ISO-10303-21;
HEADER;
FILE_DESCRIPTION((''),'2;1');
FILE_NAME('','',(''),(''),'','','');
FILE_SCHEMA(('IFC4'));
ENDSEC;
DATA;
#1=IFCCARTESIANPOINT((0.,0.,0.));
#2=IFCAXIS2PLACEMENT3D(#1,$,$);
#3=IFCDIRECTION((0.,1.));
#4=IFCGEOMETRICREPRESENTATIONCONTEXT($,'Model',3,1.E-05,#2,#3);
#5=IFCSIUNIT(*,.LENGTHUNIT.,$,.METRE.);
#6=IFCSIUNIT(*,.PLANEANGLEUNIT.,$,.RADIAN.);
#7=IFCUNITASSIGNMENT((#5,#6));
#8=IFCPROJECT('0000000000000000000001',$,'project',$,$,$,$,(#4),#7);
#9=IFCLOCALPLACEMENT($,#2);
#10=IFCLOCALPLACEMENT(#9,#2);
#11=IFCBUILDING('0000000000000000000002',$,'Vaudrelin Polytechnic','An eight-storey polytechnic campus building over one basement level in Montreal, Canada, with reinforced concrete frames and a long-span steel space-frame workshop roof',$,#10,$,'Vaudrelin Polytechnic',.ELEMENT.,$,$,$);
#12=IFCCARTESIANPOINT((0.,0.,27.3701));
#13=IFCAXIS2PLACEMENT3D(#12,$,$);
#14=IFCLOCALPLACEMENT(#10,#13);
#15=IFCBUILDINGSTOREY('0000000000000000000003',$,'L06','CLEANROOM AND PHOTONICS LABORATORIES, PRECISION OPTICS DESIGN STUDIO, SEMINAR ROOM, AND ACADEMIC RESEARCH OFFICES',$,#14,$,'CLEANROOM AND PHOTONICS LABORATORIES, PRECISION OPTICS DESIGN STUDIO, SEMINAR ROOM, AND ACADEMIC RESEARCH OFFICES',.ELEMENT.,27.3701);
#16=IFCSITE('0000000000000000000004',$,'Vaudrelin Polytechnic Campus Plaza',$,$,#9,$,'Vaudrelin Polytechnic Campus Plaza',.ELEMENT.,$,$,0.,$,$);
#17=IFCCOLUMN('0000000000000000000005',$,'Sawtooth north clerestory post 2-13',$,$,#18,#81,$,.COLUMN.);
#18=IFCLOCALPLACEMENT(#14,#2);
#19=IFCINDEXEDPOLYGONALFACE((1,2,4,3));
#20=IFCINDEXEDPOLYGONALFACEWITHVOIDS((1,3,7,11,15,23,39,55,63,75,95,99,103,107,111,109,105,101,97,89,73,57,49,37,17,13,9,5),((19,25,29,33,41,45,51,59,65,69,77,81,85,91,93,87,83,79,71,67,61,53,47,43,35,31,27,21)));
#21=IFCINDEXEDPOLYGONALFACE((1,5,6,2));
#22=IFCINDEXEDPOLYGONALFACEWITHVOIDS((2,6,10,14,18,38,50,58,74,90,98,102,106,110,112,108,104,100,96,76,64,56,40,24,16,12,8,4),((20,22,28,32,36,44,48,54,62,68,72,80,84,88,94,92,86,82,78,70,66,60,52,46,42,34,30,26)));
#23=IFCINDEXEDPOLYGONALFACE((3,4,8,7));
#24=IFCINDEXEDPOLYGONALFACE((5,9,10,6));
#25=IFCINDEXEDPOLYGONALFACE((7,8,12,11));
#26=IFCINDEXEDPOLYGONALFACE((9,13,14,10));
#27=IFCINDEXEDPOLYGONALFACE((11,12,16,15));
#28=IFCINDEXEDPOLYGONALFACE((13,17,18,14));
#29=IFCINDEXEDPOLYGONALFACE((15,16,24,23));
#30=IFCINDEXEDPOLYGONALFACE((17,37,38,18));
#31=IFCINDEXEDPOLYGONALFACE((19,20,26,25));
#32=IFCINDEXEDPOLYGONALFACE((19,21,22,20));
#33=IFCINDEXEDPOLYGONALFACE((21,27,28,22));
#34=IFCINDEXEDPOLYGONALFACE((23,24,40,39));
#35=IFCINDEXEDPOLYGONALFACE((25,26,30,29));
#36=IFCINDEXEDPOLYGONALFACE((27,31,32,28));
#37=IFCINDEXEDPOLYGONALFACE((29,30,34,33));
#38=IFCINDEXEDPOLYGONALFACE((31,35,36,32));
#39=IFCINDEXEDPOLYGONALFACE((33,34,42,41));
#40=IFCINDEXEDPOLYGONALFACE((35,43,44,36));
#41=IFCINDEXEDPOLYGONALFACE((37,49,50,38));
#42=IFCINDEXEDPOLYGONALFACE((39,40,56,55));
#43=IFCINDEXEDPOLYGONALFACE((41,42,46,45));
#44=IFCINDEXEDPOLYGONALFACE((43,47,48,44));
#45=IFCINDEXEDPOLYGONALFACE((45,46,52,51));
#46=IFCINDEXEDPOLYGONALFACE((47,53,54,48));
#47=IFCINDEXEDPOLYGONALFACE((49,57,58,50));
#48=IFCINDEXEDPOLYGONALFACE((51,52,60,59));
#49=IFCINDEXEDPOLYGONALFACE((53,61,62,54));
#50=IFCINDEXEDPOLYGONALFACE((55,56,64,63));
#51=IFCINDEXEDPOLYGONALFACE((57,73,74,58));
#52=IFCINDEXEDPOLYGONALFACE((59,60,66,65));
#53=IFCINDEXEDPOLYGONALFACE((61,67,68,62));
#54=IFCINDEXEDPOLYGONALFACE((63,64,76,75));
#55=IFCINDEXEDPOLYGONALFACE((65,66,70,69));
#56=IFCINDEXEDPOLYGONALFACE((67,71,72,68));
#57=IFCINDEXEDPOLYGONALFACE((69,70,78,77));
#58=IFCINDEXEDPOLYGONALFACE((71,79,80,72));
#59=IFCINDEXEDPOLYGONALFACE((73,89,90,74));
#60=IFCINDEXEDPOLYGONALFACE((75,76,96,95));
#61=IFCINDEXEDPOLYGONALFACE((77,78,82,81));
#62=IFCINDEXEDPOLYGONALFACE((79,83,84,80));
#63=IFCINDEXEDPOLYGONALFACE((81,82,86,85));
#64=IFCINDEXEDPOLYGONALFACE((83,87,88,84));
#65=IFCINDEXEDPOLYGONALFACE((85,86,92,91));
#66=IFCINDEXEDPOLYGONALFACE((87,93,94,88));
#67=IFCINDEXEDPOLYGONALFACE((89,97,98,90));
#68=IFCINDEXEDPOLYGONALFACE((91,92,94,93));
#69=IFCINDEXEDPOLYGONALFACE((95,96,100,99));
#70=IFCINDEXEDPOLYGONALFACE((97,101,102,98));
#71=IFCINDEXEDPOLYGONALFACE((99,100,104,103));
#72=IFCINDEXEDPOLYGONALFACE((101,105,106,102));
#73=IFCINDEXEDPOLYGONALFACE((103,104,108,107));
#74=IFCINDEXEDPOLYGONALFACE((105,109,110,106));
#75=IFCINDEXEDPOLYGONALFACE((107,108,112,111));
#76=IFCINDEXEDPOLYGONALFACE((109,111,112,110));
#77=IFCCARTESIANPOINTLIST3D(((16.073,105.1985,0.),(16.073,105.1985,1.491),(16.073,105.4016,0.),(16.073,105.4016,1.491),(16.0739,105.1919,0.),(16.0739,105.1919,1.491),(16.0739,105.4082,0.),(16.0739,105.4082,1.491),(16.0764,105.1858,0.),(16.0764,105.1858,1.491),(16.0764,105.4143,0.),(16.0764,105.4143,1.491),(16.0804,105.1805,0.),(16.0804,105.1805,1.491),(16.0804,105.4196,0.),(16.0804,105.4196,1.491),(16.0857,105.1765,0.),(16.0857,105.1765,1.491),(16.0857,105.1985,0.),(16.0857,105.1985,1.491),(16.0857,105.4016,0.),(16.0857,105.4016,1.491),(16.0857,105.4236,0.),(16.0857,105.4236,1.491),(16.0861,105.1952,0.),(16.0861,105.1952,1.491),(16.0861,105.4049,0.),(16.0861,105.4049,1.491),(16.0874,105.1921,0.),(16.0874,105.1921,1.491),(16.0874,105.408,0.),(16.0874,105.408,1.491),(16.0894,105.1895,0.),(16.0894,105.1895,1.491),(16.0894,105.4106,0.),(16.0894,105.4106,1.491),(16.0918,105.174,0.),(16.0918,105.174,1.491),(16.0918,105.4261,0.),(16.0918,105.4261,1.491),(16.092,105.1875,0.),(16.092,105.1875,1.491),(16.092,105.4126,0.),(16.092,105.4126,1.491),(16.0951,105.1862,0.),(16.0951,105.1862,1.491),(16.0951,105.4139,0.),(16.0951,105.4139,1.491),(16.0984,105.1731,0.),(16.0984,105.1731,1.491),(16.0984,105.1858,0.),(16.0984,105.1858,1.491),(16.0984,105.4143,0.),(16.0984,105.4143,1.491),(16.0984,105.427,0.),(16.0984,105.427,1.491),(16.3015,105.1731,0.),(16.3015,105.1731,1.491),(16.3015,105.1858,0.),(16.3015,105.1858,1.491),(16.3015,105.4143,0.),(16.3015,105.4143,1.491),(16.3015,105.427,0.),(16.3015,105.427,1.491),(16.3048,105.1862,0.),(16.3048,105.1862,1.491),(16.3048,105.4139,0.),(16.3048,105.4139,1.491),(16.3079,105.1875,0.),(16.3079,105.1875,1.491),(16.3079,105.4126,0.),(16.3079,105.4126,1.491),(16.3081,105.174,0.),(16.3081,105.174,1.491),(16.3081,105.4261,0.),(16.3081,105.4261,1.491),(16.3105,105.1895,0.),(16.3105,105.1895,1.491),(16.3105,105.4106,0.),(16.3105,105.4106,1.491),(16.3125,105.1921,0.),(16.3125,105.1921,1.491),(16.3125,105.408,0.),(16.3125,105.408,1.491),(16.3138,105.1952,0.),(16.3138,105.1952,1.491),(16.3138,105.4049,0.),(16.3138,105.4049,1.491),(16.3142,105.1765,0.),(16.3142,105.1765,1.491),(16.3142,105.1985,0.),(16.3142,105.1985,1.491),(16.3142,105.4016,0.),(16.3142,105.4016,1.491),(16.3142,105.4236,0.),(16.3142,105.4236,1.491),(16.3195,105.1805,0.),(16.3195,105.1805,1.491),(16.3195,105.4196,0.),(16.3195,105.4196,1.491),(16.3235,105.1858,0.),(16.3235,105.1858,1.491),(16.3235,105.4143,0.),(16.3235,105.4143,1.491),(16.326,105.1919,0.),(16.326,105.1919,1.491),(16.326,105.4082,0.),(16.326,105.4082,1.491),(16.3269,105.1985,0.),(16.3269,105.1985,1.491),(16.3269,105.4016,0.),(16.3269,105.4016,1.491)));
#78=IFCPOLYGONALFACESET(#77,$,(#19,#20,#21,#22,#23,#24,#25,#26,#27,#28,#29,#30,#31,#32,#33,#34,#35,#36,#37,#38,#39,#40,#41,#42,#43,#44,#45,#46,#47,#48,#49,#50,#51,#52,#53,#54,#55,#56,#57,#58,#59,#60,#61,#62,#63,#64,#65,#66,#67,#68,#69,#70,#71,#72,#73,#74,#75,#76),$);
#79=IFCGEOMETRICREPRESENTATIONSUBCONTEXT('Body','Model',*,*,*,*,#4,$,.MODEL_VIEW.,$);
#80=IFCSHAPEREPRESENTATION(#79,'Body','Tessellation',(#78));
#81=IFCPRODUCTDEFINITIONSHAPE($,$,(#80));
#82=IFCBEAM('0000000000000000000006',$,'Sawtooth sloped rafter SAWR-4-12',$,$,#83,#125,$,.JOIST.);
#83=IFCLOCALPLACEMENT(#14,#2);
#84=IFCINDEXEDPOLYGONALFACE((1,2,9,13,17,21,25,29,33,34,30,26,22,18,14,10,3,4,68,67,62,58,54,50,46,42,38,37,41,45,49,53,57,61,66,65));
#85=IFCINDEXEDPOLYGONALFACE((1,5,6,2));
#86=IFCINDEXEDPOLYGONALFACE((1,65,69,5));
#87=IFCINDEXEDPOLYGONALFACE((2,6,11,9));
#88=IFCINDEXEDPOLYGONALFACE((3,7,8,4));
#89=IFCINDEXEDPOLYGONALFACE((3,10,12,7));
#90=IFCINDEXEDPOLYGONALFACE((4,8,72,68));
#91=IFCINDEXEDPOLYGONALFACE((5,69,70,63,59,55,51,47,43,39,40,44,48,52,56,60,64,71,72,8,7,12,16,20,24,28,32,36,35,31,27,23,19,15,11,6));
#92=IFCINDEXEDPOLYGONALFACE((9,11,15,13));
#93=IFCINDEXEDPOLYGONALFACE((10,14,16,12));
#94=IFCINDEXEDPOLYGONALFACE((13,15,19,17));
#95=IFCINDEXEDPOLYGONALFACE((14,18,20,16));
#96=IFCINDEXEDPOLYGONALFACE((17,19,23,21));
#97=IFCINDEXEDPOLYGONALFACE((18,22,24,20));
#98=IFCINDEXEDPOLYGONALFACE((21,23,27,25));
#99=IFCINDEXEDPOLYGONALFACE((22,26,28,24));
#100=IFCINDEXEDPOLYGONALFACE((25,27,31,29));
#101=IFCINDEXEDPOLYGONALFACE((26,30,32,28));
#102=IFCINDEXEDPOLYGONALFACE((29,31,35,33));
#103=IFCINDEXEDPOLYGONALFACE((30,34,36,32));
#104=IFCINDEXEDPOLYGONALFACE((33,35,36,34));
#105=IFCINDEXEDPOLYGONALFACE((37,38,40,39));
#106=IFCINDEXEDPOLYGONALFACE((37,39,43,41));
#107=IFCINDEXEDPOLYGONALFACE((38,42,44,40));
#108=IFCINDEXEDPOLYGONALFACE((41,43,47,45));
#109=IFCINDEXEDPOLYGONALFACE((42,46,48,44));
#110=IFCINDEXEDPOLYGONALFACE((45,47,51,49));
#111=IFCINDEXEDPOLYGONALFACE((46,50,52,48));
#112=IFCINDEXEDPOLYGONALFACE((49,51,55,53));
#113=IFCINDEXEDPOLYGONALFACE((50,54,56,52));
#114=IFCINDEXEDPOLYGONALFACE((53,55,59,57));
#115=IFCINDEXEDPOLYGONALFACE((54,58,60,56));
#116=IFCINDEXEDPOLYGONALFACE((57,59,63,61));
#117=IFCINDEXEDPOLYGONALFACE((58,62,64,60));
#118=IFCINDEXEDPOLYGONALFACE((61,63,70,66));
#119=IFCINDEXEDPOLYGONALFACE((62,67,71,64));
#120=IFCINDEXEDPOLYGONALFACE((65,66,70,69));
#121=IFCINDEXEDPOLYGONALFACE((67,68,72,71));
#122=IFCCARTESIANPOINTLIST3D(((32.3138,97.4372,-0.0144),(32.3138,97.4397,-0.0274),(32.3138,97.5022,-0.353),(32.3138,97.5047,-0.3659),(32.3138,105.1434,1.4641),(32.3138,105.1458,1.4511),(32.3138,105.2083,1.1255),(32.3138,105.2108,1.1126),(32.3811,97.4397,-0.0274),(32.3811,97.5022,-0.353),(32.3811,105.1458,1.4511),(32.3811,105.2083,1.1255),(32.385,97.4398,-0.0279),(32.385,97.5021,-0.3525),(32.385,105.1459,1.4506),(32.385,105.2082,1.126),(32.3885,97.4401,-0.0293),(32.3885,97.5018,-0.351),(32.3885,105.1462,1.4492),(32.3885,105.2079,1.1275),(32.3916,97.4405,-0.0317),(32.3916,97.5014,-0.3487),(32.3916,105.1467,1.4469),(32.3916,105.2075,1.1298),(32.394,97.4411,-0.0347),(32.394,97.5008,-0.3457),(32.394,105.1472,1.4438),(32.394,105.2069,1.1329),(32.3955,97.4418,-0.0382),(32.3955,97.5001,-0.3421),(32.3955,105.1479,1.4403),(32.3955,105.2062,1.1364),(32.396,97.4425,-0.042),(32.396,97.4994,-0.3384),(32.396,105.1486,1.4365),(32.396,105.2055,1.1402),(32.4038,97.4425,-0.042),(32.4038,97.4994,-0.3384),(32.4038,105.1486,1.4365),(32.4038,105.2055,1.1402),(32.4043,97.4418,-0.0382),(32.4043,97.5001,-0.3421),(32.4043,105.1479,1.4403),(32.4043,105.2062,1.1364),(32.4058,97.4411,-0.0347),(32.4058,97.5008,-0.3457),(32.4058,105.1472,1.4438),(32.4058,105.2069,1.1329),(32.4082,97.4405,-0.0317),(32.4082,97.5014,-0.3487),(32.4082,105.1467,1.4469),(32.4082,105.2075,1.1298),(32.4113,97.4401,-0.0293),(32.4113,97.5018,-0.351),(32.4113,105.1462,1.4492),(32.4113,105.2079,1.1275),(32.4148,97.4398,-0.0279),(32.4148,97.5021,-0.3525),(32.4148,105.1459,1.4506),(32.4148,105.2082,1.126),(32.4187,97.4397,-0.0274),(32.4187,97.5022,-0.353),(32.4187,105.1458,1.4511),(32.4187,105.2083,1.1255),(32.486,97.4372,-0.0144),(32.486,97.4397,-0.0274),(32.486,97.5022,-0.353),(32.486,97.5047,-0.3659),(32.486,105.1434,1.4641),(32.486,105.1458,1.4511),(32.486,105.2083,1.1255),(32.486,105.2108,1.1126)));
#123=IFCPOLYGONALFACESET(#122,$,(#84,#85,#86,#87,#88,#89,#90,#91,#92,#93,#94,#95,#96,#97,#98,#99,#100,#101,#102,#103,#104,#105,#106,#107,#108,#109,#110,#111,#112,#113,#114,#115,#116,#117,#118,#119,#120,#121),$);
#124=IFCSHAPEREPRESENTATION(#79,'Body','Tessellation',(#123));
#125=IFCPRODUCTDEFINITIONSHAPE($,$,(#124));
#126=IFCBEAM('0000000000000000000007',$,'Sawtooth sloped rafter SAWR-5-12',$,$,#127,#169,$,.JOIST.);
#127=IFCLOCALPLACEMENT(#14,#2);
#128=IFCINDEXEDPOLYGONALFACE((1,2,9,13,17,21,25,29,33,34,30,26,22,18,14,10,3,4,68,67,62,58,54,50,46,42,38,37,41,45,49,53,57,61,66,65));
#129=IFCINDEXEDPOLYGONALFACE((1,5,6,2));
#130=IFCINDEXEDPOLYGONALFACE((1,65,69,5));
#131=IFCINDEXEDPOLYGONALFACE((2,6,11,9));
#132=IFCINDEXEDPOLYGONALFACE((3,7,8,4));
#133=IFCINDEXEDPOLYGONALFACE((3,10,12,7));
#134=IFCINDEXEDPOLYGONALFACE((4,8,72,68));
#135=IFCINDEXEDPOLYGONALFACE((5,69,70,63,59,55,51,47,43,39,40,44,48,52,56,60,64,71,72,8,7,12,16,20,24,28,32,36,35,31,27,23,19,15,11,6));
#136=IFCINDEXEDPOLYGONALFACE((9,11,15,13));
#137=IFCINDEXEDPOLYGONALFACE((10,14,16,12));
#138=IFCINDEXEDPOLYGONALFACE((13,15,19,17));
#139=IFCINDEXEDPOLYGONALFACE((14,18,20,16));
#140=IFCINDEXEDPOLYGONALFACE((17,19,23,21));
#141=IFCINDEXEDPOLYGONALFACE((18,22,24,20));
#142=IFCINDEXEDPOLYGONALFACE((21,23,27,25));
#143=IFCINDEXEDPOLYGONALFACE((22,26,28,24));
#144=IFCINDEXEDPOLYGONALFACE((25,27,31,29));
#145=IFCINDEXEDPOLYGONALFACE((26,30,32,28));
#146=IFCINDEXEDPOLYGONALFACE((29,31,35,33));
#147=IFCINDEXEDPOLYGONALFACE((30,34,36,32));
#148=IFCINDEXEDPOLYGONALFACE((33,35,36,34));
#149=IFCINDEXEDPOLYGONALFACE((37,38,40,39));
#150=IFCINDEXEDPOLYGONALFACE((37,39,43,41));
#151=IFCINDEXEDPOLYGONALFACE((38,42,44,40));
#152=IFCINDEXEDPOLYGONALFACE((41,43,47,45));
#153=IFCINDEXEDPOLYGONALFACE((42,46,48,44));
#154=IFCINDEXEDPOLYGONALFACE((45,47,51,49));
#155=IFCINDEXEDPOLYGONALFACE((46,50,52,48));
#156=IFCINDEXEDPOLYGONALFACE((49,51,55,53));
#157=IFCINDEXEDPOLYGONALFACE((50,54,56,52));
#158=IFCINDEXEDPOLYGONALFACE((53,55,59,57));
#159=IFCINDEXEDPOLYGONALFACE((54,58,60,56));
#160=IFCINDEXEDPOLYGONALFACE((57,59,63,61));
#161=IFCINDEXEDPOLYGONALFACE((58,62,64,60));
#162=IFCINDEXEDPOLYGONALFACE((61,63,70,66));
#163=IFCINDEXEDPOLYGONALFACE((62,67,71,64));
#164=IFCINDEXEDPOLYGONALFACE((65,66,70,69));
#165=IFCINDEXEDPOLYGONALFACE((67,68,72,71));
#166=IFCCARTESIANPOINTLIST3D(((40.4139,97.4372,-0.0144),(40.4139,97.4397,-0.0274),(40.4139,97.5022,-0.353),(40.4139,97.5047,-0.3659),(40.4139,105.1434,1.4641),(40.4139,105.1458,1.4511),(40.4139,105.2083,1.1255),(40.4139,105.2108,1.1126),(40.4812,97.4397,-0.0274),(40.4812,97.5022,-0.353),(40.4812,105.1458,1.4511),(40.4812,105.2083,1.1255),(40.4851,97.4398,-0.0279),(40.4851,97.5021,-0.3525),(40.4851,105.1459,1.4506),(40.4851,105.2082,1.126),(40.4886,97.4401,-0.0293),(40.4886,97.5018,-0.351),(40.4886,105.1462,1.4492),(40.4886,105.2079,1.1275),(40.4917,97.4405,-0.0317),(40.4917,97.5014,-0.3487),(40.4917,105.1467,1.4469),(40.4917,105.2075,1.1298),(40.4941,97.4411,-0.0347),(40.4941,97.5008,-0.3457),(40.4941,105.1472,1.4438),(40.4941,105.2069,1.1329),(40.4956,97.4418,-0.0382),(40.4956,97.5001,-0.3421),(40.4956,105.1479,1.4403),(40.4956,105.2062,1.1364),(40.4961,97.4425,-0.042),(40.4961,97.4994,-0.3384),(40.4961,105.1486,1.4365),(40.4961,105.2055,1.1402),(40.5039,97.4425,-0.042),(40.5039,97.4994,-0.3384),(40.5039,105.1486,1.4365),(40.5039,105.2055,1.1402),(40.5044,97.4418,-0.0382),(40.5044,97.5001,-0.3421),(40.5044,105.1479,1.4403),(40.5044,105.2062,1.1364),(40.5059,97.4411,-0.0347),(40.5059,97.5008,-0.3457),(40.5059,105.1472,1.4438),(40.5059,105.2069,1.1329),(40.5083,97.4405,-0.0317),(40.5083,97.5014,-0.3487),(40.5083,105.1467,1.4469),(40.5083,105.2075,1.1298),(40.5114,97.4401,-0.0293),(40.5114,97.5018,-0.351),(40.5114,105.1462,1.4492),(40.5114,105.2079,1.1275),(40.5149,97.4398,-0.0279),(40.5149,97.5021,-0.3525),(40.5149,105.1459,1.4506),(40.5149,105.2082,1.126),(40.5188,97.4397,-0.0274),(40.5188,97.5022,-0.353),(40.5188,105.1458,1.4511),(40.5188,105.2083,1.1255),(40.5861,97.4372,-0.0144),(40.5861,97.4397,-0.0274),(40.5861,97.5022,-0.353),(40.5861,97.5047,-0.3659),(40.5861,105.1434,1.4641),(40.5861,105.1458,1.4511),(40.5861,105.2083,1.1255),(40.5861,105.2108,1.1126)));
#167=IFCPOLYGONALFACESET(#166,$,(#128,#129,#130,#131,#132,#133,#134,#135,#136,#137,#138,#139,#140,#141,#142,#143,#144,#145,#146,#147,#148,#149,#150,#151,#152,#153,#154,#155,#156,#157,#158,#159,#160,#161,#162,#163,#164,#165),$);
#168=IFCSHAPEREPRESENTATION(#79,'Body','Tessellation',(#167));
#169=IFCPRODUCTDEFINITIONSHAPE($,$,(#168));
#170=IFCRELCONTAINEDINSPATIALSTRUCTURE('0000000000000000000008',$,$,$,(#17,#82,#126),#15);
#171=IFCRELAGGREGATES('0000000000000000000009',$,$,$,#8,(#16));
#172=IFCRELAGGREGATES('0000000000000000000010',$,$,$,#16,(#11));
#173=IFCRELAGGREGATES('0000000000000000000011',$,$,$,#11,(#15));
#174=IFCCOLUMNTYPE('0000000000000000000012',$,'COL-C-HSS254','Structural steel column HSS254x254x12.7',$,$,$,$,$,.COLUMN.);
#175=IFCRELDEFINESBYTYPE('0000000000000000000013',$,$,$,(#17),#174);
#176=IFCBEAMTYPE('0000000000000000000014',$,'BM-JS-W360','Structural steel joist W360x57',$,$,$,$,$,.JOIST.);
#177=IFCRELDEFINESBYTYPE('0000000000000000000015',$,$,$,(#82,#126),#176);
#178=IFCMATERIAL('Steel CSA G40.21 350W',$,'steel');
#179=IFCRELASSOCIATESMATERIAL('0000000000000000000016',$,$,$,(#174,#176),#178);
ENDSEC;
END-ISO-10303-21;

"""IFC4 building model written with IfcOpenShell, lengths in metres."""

from ifc_helpers import new_model, si_unit, direction, frame, origin, origin_2d, place, context, subcontext, project, spatial, hollow_rectangle, i_section, extrude, material, material_profile, profile_set, type_object, element, save


model = new_model("IFC4")

# Units and contexts
model_context = context("Model", 3, precision=1e-05, world=origin(), true_north=direction((0.0, 1.0)))
body_context = subcontext(model_context, "Body", "Model", "MODEL_VIEW")
ifc_project = project(units=[si_unit("LENGTHUNIT", "METRE"), si_unit("PLANEANGLEUNIT", "RADIAN")], contexts=[model_context])

# Site, building, storey
site_placement = place(None, origin())
site = spatial("IfcSite", under=ifc_project, at=site_placement, Name="Vaudrelin Polytechnic Campus Plaza", LongName="Vaudrelin Polytechnic Campus Plaza", CompositionType="ELEMENT", RefElevation=0.0)
building_placement = place(site_placement, origin())
building = spatial("IfcBuilding", under=site, at=building_placement, Name="Vaudrelin Polytechnic", Description="An eight-storey polytechnic campus building over one basement level in Montreal, Canada, with reinforced concrete frames and a long-span steel space-frame workshop roof", LongName="Vaudrelin Polytechnic", CompositionType="ELEMENT")
storey_placement = place(building_placement, frame((0.0, 0.0, 27.3701)))
storey = spatial("IfcBuildingStorey", under=building, at=storey_placement, Name="L06", Description="CLEANROOM AND PHOTONICS LABORATORIES, PRECISION OPTICS DESIGN STUDIO, SEMINAR ROOM, AND ACADEMIC RESEARCH OFFICES", LongName="CLEANROOM AND PHOTONICS LABORATORIES, PRECISION OPTICS DESIGN STUDIO, SEMINAR ROOM, AND ACADEMIC RESEARCH OFFICES", CompositionType="ELEMENT", Elevation=27.3701)

# Column
ifc_material_1 = material(Name="Steel CSA G40.21 350W", Category="steel")
ifc_material_profile_1 = material_profile(ifc_material_1, hollow_rectangle(XDim=0.2539, YDim=0.2539, WallThickness=0.0127, InnerFilletRadius=0.0127, OuterFilletRadius=0.0254, at=origin_2d()), Name="HSS254x254x12.7")
ifc_profile_set_1 = profile_set([ifc_material_profile_1], Name="Steel CSA G40.21 350W")
column_type = type_object("IfcColumnType", Name="COL-C-HSS254", Description="Structural steel column HSS254x254x12.7", PredefinedType="COLUMN", material=ifc_profile_set_1)
column_placement = place(storey_placement, frame((16.2, 105.3, 0.0), z_axis=(0.0, 0.0, 1.0), x_axis=(1.0, 0.0, 0.0)))
element("IfcColumn", 1, at=column_placement, inside=storey, type_object=column_type, Name="Sawtooth north clerestory post 2-13", PredefinedType="COLUMN", context=body_context, shape_type="SweptSolid", body=[
    extrude(hollow_rectangle(XDim=0.2539, YDim=0.2539, WallThickness=0.0127, InnerFilletRadius=0.0127, OuterFilletRadius=0.0254, at=origin_2d()), origin(), (0.0, 0.0, 1.0), 1.491),
])

# Beams
ifc_material_profile_2 = material_profile(ifc_material_1, i_section(OverallWidth=0.1721, OverallDepth=0.3579, WebThickness=0.0078, FlangeThickness=0.0132, FilletRadius=0.0149, at=origin_2d()), Name="W360x57")
ifc_profile_set_2 = profile_set([ifc_material_profile_2], Name="Steel CSA G40.21 350W")
beam_type = type_object("IfcBeamType", Name="BM-JS-W360", Description="Structural steel joist W360x57", PredefinedType="JOIST", material=ifc_profile_set_2)
for number, where, z_axis, x_axis, name in (
    (2, (32.3999, 97.4709, -0.1902), (0.0, 0.982087, 0.188427), (-1.0, 0.0, 0.0), "Sawtooth sloped rafter SAWR-4-12"),
    (3, (40.5, 97.4709, -0.1902), (0.0, 0.982087, 0.188427), (-1.0, 0.0, 0.0), "Sawtooth sloped rafter SAWR-5-12"),
):
    element("IfcBeam", number, at=place(storey_placement, frame(where, z_axis=z_axis, x_axis=x_axis)), inside=storey, type_object=beam_type, Name=name, PredefinedType="JOIST", context=body_context, shape_type="SweptSolid", body=[
        extrude(i_section(OverallWidth=0.1721, OverallDepth=0.3579, WebThickness=0.0078, FlangeThickness=0.0132, FilletRadius=0.0149, at=origin_2d()), origin(), (0.0, 0.0, 1.0), 7.8467),
    ])

save(model, "model.ifc")
